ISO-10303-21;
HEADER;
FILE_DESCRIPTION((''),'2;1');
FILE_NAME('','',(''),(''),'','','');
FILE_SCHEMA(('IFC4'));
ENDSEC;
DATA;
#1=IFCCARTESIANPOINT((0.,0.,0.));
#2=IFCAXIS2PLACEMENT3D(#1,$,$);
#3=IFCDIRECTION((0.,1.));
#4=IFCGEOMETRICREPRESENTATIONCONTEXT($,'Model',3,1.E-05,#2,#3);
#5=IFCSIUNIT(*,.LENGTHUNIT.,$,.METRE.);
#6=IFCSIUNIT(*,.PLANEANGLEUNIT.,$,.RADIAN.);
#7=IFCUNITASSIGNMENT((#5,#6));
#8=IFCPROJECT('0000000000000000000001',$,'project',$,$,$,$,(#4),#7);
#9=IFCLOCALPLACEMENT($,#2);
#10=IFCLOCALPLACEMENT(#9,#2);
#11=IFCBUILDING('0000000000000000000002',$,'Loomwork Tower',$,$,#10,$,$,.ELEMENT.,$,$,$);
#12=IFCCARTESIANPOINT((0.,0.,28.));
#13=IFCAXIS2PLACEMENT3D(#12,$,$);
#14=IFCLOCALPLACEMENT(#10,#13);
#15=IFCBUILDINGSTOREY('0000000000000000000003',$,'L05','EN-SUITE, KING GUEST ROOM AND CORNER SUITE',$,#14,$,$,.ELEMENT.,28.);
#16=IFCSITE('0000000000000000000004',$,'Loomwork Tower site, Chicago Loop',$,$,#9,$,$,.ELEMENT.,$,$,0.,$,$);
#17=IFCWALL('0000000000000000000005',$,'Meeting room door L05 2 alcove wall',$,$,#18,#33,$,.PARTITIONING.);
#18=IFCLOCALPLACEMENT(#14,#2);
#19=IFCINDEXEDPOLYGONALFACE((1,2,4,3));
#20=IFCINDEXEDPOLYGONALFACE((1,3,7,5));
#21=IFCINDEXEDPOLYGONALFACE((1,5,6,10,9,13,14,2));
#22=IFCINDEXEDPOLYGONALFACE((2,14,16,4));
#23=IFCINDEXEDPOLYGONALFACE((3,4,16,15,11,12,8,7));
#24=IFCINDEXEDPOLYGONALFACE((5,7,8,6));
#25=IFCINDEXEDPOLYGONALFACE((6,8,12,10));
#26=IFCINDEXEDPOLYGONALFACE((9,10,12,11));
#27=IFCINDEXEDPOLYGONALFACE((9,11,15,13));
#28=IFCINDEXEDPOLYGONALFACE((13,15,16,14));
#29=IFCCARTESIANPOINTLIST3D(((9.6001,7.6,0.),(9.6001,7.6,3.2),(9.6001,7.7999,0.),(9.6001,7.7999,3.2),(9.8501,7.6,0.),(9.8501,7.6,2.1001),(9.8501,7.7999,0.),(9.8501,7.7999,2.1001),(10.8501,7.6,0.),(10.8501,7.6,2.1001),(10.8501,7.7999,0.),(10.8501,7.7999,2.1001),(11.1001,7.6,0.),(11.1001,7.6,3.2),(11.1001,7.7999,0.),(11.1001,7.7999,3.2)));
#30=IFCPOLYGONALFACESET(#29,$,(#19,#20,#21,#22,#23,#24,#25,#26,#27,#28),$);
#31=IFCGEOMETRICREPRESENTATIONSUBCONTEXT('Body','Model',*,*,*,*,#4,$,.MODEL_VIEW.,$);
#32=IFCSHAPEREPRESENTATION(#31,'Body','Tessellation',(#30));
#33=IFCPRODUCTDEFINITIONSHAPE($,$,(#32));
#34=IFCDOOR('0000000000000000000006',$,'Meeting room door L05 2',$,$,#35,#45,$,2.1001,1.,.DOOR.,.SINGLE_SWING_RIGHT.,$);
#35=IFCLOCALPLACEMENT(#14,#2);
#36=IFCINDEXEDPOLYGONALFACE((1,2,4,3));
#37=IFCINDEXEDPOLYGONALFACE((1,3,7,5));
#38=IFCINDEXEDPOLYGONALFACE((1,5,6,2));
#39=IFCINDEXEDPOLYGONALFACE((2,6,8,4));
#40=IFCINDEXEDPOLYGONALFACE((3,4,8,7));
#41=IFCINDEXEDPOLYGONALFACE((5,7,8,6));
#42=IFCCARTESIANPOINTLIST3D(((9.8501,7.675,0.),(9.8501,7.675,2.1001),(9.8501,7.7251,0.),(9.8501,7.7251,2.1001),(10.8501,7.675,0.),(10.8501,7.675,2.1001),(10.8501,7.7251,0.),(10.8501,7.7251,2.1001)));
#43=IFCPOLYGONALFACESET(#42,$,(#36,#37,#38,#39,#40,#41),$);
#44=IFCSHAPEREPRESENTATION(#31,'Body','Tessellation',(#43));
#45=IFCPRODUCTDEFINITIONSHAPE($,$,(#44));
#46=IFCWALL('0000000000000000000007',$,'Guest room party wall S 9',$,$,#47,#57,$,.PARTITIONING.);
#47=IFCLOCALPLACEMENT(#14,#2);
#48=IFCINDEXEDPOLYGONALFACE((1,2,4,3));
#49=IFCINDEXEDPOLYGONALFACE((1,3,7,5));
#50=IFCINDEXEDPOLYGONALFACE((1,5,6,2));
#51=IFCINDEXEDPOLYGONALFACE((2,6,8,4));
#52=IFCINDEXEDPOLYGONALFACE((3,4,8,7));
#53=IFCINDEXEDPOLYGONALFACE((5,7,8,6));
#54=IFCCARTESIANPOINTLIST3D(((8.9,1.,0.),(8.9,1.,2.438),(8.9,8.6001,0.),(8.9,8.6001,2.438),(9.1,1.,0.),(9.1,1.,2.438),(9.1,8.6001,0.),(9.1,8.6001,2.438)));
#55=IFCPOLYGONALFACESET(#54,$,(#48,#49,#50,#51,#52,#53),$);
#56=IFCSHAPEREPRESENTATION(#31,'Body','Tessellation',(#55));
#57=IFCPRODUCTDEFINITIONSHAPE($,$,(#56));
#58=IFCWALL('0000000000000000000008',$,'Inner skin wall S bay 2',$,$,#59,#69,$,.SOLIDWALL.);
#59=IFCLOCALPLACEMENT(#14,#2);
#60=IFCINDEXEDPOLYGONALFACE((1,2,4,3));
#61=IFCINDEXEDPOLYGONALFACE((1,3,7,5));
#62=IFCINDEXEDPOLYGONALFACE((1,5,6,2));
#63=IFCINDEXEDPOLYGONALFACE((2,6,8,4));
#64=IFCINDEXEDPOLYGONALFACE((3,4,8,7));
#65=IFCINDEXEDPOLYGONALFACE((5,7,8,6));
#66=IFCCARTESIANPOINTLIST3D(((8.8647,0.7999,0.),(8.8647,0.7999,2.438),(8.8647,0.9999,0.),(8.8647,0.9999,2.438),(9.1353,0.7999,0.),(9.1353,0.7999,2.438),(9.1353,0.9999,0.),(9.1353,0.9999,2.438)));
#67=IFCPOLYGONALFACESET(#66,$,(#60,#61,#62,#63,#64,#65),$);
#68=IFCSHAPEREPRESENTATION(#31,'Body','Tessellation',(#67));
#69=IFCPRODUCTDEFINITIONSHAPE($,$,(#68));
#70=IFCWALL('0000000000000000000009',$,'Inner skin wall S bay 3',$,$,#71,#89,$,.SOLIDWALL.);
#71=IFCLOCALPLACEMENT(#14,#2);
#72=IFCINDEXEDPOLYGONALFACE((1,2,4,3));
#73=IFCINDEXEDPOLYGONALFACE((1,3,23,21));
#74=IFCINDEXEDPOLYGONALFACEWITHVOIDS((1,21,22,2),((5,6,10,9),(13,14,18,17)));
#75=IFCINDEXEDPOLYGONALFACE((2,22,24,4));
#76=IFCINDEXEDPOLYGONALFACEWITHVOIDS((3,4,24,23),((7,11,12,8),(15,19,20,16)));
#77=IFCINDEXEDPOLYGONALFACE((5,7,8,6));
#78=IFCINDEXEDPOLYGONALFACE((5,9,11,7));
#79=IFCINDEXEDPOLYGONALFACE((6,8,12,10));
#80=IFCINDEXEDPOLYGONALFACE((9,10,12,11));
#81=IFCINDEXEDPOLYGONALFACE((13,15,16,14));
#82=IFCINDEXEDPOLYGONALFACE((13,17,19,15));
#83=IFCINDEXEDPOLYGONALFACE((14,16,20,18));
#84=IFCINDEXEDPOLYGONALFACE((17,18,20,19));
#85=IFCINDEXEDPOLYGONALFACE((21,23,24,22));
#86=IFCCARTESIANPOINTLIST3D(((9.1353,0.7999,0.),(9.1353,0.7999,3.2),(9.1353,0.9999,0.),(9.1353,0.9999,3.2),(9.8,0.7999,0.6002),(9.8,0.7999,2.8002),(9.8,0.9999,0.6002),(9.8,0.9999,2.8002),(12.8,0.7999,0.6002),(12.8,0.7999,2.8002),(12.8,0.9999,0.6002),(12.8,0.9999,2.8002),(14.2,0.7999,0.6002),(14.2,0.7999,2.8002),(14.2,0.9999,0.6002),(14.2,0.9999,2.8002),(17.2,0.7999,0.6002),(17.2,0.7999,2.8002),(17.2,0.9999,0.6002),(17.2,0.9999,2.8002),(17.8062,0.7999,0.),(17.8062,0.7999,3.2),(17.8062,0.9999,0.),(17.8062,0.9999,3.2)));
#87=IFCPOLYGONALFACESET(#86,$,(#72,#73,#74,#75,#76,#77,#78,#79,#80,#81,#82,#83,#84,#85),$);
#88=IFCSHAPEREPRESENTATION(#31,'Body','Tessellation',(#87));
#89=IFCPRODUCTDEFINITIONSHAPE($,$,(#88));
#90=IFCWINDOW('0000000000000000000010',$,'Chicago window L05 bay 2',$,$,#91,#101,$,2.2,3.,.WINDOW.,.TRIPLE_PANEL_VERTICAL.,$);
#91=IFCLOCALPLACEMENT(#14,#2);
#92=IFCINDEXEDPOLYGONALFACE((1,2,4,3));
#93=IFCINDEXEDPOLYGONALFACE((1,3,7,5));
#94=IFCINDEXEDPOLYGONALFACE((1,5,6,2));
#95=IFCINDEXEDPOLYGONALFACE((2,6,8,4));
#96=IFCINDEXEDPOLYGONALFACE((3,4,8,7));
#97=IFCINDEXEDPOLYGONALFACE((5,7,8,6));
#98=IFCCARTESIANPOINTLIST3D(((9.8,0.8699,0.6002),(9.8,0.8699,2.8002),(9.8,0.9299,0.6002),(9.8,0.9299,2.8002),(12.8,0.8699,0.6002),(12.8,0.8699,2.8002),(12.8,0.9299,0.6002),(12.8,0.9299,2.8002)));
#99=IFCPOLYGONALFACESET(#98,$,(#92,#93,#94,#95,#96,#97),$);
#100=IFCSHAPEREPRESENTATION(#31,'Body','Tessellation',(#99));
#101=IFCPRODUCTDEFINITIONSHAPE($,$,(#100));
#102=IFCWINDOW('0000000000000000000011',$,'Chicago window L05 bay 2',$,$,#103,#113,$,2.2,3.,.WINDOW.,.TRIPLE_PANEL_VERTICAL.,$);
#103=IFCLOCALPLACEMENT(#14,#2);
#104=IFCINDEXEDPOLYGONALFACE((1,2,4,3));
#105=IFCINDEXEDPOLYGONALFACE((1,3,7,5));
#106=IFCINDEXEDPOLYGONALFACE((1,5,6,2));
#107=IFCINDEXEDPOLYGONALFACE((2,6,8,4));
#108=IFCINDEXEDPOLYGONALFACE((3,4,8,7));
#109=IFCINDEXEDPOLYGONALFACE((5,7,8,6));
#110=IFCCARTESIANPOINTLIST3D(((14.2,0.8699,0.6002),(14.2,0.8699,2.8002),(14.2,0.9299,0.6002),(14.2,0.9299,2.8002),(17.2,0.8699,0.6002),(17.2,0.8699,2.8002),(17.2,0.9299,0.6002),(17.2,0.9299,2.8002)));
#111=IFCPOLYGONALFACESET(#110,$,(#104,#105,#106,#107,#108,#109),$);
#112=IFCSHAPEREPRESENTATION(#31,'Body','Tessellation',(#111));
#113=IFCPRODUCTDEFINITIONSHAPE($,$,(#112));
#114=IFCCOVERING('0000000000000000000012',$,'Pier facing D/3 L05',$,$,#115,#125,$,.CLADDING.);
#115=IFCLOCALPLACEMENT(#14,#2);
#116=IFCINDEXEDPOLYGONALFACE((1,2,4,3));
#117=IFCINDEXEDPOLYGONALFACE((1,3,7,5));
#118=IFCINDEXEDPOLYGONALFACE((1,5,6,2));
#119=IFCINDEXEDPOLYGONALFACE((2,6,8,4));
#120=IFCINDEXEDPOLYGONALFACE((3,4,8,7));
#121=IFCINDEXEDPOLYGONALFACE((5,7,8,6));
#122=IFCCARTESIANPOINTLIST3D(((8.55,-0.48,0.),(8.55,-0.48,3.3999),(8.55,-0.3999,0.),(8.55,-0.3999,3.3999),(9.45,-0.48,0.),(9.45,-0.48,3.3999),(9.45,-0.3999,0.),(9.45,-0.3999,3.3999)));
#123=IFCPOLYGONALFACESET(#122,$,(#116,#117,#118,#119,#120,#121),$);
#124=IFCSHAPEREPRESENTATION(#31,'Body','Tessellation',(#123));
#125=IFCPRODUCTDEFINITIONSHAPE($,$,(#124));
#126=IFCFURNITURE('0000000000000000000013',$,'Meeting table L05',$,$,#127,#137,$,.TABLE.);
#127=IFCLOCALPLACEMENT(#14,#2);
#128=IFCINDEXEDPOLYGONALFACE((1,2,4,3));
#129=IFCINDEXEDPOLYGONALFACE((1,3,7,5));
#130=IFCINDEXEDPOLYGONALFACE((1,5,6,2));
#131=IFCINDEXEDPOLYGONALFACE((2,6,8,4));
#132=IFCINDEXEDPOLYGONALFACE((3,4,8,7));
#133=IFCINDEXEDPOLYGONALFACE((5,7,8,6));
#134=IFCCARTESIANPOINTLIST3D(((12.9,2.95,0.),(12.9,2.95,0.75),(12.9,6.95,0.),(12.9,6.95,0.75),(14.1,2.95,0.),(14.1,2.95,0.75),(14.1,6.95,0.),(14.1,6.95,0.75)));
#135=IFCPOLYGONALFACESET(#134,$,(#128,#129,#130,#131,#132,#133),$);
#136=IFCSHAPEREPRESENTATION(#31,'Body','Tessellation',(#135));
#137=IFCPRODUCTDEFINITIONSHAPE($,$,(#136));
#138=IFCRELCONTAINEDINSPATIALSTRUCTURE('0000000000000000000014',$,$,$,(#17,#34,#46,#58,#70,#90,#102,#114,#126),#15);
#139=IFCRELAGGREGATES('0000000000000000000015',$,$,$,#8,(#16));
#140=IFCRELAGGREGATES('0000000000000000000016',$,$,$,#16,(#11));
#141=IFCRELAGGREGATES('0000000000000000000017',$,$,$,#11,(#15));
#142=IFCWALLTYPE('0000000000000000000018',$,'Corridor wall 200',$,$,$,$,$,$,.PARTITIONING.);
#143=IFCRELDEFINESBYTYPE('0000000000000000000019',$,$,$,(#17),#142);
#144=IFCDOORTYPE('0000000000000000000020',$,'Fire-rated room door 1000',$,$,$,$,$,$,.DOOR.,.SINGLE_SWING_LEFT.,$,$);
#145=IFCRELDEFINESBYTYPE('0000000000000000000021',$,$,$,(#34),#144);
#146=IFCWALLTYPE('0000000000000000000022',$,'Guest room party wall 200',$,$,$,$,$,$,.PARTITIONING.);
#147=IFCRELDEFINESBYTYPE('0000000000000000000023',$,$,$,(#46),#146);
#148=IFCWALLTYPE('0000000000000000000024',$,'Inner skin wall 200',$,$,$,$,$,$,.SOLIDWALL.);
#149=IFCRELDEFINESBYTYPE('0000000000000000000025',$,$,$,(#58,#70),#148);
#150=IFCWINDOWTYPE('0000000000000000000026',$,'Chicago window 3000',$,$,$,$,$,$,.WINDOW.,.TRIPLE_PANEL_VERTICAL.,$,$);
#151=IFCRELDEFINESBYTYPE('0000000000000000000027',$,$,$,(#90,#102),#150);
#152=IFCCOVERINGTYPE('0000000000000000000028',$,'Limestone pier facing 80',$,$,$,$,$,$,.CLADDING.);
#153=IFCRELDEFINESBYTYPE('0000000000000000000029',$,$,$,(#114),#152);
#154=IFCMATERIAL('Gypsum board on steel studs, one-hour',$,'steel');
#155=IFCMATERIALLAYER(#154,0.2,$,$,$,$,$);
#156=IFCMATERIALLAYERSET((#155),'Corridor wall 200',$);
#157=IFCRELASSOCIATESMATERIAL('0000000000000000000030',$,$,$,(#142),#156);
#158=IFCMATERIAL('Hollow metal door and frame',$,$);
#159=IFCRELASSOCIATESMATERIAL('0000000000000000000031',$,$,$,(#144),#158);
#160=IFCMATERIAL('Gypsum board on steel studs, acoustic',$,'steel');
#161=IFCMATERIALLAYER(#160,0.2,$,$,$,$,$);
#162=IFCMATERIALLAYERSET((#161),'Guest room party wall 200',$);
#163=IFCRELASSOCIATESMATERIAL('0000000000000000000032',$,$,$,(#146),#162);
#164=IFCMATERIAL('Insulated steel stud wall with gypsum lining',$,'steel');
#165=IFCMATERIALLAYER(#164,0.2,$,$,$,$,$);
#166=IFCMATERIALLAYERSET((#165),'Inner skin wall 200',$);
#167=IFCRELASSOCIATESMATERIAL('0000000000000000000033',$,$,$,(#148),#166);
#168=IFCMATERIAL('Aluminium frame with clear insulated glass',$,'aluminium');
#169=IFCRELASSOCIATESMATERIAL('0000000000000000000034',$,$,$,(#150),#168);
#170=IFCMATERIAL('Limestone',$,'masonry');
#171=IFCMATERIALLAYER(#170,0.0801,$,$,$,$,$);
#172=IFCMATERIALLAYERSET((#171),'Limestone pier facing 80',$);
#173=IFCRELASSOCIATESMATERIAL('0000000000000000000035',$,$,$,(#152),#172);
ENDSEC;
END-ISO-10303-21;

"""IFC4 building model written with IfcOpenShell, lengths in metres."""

from ifc_helpers import new_model, si_unit, direction, frame, frame_2d, origin, origin_2d, place, context, subcontext, project, spatial, rectangle, extrude, material, layer, layer_set, type_object, element, fill, save


model = new_model("IFC4")

# Units and contexts
model_context = context("Model", 3, precision=1e-05, world=origin(), true_north=direction((0.0, 1.0)))
body_context = subcontext(model_context, "Body", "Model", "MODEL_VIEW")
ifc_project = project(units=[si_unit("LENGTHUNIT", "METRE"), si_unit("PLANEANGLEUNIT", "RADIAN")], contexts=[model_context])

# Site, building, storey
site_placement = place(None, origin())
site = spatial("IfcSite", under=ifc_project, at=site_placement, Name="Loomwork Tower site, Chicago Loop", CompositionType="ELEMENT", RefElevation=0.0)
building_placement = place(site_placement, origin())
building = spatial("IfcBuilding", under=site, at=building_placement, Name="Loomwork Tower", CompositionType="ELEMENT")
storey_placement = place(building_placement, frame((0.0, 0.0, 28.0)))
storey = spatial("IfcBuildingStorey", under=building, at=storey_placement, Name="L05", Description="EN-SUITE, KING GUEST ROOM AND CORNER SUITE", CompositionType="ELEMENT", Elevation=28.0)

# Wall, opening, door
ifc_material_1 = material(Name="Gypsum board on steel studs, one-hour", Category="steel")
ifc_layer_1 = layer(ifc_material_1, 0.2)
ifc_layer_set_1 = layer_set([ifc_layer_1], Name="Corridor wall 200")
wall_type_1 = type_object("IfcWallType", Name="Corridor wall 200", PredefinedType="PARTITIONING", material=ifc_layer_set_1)
wall_1_placement = place(storey_placement, frame((9.6001, 7.7, 0.0), z_axis=(0.0, 0.0, 1.0), x_axis=(1.0, 0.0, 0.0)))
wall_1 = element("IfcWall", 1, at=wall_1_placement, inside=storey, type_object=wall_type_1, Name="Meeting room door L05 2 alcove wall", PredefinedType="PARTITIONING", context=body_context, shape_type="SweptSolid", body=[
    extrude(rectangle(XDim=1.5, YDim=0.2, at=frame_2d((0.75, 0.0))), origin(), (0.0, 0.0, 1.0), 3.2),
])
opening_1_placement = place(wall_1_placement, frame((0.25, 0.0, 0.0)))
opening_1 = element("IfcOpeningElement", 2, at=opening_1_placement, cuts=wall_1, PredefinedType="OPENING", context=body_context, shape_type="SweptSolid", body=[
    extrude(rectangle(XDim=1.0, YDim=2.1001, at=frame_2d((0.5, 1.05))), frame((0.0, 0.1099, 0.0), z_axis=(0.0, -1.0, 0.0), x_axis=(1.0, 0.0, 0.0)), (0.0, 0.0, 1.0), 0.22),
])
ifc_material_2 = material(Name="Hollow metal door and frame")
door_type = type_object("IfcDoorType", Name="Fire-rated room door 1000", OperationType="SINGLE_SWING_LEFT", PredefinedType="DOOR", material=ifc_material_2)
door_placement = place(opening_1_placement, frame((1.0, 0.0, 0.0), z_axis=(0.0, 0.0, 1.0), x_axis=(-1.0, 0.0, 0.0)))
door = element("IfcDoor", 3, at=door_placement, inside=storey, type_object=door_type, Name="Meeting room door L05 2", OperationType="SINGLE_SWING_RIGHT", OverallHeight=2.1001, OverallWidth=1.0, PredefinedType="DOOR", context=body_context, shape_type="SweptSolid", body=[
    extrude(rectangle(XDim=1.0, YDim=2.1001, at=frame_2d((0.5, 1.05))), frame((0.0, 0.0249, 0.0), z_axis=(0.0, -1.0, 0.0), x_axis=(1.0, 0.0, 0.0)), (0.0, 0.0, 1.0), 0.05),
])
fill(opening_1, door)

# Walls
ifc_material_3 = material(Name="Gypsum board on steel studs, acoustic", Category="steel")
ifc_layer_2 = layer(ifc_material_3, 0.2)
ifc_layer_set_2 = layer_set([ifc_layer_2], Name="Guest room party wall 200")
wall_type_2 = type_object("IfcWallType", Name="Guest room party wall 200", PredefinedType="PARTITIONING", material=ifc_layer_set_2)
wall_2_placement = place(storey_placement, frame((9.0, 8.6001, 0.0), z_axis=(0.0, 0.0, 1.0), x_axis=(0.0, -1.0, 0.0)))
element("IfcWall", 4, at=wall_2_placement, inside=storey, type_object=wall_type_2, Name="Guest room party wall S 9", PredefinedType="PARTITIONING", context=body_context, shape_type="SweptSolid", body=[
    extrude(rectangle(XDim=7.6001, YDim=0.2, at=frame_2d((3.8, 0.0))), origin(), (0.0, 0.0, 1.0), 2.438),
])
ifc_material_4 = material(Name="Insulated steel stud wall with gypsum lining", Category="steel")
ifc_layer_3 = layer(ifc_material_4, 0.2)
ifc_layer_set_3 = layer_set([ifc_layer_3], Name="Inner skin wall 200")
wall_type_3 = type_object("IfcWallType", Name="Inner skin wall 200", PredefinedType="SOLIDWALL", material=ifc_layer_set_3)
wall_3_placement = place(storey_placement, frame((8.8647, 0.8999, 0.0), z_axis=(0.0, 0.0, 1.0), x_axis=(1.0, 0.0, 0.0)))
element("IfcWall", 5, at=wall_3_placement, inside=storey, type_object=wall_type_3, Name="Inner skin wall S bay 2", PredefinedType="SOLIDWALL", context=body_context, shape_type="SweptSolid", body=[
    extrude(rectangle(XDim=0.2705, YDim=0.2, at=frame_2d((0.1353, 0.0))), origin(), (0.0, 0.0, 1.0), 2.438),
])

# Wall, openings, windows
wall_4_placement = place(storey_placement, frame((9.1353, 0.8999, 0.0), z_axis=(0.0, 0.0, 1.0), x_axis=(1.0, 0.0, 0.0)))
wall_4 = element("IfcWall", 6, at=wall_4_placement, inside=storey, type_object=wall_type_3, Name="Inner skin wall S bay 3", PredefinedType="SOLIDWALL", context=body_context, shape_type="SweptSolid", body=[
    extrude(rectangle(XDim=8.6709, YDim=0.2, at=frame_2d((4.3354, 0.0))), origin(), (0.0, 0.0, 1.0), 3.2),
])
opening_2_placement = place(wall_4_placement, frame((0.6648, 0.0, 0.6001)))
opening_2 = element("IfcOpeningElement", 7, at=opening_2_placement, cuts=wall_4, PredefinedType="OPENING", context=body_context, shape_type="SweptSolid", body=[
    extrude(rectangle(XDim=3.0, YDim=2.2, at=frame_2d((1.5, 1.1001))), frame((0.0, 0.1099, 0.0), z_axis=(0.0, -1.0, 0.0), x_axis=(1.0, 0.0, 0.0)), (0.0, 0.0, 1.0), 0.22),
])
opening_3_placement = place(wall_4_placement, frame((5.0647, 0.0, 0.6001)))
opening_3 = element("IfcOpeningElement", 8, at=opening_3_placement, cuts=wall_4, PredefinedType="OPENING", context=body_context, shape_type="SweptSolid", body=[
    extrude(rectangle(XDim=3.0, YDim=2.2, at=frame_2d((1.5, 1.1001))), frame((0.0, 0.1099, 0.0), z_axis=(0.0, -1.0, 0.0), x_axis=(1.0, 0.0, 0.0)), (0.0, 0.0, 1.0), 0.22),
])
ifc_material_5 = material(Name="Aluminium frame with clear insulated glass", Category="aluminium")
window_type = type_object("IfcWindowType", Name="Chicago window 3000", PartitioningType="TRIPLE_PANEL_VERTICAL", PredefinedType="WINDOW", material=ifc_material_5)
window_1_placement = place(opening_2_placement, origin())
window_1 = element("IfcWindow", 9, at=window_1_placement, inside=storey, type_object=window_type, Name="Chicago window L05 bay 2", OverallHeight=2.2, OverallWidth=3.0, PartitioningType="TRIPLE_PANEL_VERTICAL", PredefinedType="WINDOW", context=body_context, shape_type="SweptSolid", body=[
    extrude(rectangle(XDim=3.0, YDim=2.2, at=frame_2d((1.5, 1.1001))), frame((0.0, 0.03, 0.0), z_axis=(0.0, -1.0, 0.0), x_axis=(1.0, 0.0, 0.0)), (0.0, 0.0, 1.0), 0.0601),
])
fill(opening_2, window_1)
window_2_placement = place(opening_3_placement, origin())
window_2 = element("IfcWindow", 10, at=window_2_placement, inside=storey, type_object=window_type, Name="Chicago window L05 bay 2", OverallHeight=2.2, OverallWidth=3.0, PartitioningType="TRIPLE_PANEL_VERTICAL", PredefinedType="WINDOW", context=body_context, shape_type="SweptSolid", body=[
    extrude(rectangle(XDim=3.0, YDim=2.2, at=frame_2d((1.5, 1.1001))), frame((0.0, 0.03, 0.0), z_axis=(0.0, -1.0, 0.0), x_axis=(1.0, 0.0, 0.0)), (0.0, 0.0, 1.0), 0.0601),
])
fill(opening_3, window_2)

# Covering
ifc_material_6 = material(Name="Limestone", Category="masonry")
ifc_layer_4 = layer(ifc_material_6, 0.0801)
ifc_layer_set_4 = layer_set([ifc_layer_4], Name="Limestone pier facing 80")
covering_type = type_object("IfcCoveringType", Name="Limestone pier facing 80", PredefinedType="CLADDING", material=ifc_layer_set_4)
covering_placement = place(storey_placement, frame((9.0, -0.4399, 0.0), z_axis=(0.0, 0.0, 1.0), x_axis=(1.0, 0.0, 0.0)))
element("IfcCovering", 11, at=covering_placement, inside=storey, type_object=covering_type, Name="Pier facing D/3 L05", PredefinedType="CLADDING", context=body_context, shape_type="SweptSolid", body=[
    extrude(rectangle(XDim=0.8999, YDim=0.0801, at=origin_2d()), origin(), (0.0, 0.0, 1.0), 3.3999),
])

# Furniture
furniture_placement = place(storey_placement, frame((13.5, 4.95, 0.0), z_axis=(0.0, 0.0, 1.0), x_axis=(1.0, 0.0, 0.0)))
element("IfcFurniture", 12, at=furniture_placement, inside=storey, Name="Meeting table L05", PredefinedType="TABLE", context=body_context, shape_type="SweptSolid", body=[
    extrude(rectangle(XDim=1.2, YDim=4.0, at=origin_2d()), origin(), (0.0, 0.0, 1.0), 0.75),
])

save(model, "model.ifc")
